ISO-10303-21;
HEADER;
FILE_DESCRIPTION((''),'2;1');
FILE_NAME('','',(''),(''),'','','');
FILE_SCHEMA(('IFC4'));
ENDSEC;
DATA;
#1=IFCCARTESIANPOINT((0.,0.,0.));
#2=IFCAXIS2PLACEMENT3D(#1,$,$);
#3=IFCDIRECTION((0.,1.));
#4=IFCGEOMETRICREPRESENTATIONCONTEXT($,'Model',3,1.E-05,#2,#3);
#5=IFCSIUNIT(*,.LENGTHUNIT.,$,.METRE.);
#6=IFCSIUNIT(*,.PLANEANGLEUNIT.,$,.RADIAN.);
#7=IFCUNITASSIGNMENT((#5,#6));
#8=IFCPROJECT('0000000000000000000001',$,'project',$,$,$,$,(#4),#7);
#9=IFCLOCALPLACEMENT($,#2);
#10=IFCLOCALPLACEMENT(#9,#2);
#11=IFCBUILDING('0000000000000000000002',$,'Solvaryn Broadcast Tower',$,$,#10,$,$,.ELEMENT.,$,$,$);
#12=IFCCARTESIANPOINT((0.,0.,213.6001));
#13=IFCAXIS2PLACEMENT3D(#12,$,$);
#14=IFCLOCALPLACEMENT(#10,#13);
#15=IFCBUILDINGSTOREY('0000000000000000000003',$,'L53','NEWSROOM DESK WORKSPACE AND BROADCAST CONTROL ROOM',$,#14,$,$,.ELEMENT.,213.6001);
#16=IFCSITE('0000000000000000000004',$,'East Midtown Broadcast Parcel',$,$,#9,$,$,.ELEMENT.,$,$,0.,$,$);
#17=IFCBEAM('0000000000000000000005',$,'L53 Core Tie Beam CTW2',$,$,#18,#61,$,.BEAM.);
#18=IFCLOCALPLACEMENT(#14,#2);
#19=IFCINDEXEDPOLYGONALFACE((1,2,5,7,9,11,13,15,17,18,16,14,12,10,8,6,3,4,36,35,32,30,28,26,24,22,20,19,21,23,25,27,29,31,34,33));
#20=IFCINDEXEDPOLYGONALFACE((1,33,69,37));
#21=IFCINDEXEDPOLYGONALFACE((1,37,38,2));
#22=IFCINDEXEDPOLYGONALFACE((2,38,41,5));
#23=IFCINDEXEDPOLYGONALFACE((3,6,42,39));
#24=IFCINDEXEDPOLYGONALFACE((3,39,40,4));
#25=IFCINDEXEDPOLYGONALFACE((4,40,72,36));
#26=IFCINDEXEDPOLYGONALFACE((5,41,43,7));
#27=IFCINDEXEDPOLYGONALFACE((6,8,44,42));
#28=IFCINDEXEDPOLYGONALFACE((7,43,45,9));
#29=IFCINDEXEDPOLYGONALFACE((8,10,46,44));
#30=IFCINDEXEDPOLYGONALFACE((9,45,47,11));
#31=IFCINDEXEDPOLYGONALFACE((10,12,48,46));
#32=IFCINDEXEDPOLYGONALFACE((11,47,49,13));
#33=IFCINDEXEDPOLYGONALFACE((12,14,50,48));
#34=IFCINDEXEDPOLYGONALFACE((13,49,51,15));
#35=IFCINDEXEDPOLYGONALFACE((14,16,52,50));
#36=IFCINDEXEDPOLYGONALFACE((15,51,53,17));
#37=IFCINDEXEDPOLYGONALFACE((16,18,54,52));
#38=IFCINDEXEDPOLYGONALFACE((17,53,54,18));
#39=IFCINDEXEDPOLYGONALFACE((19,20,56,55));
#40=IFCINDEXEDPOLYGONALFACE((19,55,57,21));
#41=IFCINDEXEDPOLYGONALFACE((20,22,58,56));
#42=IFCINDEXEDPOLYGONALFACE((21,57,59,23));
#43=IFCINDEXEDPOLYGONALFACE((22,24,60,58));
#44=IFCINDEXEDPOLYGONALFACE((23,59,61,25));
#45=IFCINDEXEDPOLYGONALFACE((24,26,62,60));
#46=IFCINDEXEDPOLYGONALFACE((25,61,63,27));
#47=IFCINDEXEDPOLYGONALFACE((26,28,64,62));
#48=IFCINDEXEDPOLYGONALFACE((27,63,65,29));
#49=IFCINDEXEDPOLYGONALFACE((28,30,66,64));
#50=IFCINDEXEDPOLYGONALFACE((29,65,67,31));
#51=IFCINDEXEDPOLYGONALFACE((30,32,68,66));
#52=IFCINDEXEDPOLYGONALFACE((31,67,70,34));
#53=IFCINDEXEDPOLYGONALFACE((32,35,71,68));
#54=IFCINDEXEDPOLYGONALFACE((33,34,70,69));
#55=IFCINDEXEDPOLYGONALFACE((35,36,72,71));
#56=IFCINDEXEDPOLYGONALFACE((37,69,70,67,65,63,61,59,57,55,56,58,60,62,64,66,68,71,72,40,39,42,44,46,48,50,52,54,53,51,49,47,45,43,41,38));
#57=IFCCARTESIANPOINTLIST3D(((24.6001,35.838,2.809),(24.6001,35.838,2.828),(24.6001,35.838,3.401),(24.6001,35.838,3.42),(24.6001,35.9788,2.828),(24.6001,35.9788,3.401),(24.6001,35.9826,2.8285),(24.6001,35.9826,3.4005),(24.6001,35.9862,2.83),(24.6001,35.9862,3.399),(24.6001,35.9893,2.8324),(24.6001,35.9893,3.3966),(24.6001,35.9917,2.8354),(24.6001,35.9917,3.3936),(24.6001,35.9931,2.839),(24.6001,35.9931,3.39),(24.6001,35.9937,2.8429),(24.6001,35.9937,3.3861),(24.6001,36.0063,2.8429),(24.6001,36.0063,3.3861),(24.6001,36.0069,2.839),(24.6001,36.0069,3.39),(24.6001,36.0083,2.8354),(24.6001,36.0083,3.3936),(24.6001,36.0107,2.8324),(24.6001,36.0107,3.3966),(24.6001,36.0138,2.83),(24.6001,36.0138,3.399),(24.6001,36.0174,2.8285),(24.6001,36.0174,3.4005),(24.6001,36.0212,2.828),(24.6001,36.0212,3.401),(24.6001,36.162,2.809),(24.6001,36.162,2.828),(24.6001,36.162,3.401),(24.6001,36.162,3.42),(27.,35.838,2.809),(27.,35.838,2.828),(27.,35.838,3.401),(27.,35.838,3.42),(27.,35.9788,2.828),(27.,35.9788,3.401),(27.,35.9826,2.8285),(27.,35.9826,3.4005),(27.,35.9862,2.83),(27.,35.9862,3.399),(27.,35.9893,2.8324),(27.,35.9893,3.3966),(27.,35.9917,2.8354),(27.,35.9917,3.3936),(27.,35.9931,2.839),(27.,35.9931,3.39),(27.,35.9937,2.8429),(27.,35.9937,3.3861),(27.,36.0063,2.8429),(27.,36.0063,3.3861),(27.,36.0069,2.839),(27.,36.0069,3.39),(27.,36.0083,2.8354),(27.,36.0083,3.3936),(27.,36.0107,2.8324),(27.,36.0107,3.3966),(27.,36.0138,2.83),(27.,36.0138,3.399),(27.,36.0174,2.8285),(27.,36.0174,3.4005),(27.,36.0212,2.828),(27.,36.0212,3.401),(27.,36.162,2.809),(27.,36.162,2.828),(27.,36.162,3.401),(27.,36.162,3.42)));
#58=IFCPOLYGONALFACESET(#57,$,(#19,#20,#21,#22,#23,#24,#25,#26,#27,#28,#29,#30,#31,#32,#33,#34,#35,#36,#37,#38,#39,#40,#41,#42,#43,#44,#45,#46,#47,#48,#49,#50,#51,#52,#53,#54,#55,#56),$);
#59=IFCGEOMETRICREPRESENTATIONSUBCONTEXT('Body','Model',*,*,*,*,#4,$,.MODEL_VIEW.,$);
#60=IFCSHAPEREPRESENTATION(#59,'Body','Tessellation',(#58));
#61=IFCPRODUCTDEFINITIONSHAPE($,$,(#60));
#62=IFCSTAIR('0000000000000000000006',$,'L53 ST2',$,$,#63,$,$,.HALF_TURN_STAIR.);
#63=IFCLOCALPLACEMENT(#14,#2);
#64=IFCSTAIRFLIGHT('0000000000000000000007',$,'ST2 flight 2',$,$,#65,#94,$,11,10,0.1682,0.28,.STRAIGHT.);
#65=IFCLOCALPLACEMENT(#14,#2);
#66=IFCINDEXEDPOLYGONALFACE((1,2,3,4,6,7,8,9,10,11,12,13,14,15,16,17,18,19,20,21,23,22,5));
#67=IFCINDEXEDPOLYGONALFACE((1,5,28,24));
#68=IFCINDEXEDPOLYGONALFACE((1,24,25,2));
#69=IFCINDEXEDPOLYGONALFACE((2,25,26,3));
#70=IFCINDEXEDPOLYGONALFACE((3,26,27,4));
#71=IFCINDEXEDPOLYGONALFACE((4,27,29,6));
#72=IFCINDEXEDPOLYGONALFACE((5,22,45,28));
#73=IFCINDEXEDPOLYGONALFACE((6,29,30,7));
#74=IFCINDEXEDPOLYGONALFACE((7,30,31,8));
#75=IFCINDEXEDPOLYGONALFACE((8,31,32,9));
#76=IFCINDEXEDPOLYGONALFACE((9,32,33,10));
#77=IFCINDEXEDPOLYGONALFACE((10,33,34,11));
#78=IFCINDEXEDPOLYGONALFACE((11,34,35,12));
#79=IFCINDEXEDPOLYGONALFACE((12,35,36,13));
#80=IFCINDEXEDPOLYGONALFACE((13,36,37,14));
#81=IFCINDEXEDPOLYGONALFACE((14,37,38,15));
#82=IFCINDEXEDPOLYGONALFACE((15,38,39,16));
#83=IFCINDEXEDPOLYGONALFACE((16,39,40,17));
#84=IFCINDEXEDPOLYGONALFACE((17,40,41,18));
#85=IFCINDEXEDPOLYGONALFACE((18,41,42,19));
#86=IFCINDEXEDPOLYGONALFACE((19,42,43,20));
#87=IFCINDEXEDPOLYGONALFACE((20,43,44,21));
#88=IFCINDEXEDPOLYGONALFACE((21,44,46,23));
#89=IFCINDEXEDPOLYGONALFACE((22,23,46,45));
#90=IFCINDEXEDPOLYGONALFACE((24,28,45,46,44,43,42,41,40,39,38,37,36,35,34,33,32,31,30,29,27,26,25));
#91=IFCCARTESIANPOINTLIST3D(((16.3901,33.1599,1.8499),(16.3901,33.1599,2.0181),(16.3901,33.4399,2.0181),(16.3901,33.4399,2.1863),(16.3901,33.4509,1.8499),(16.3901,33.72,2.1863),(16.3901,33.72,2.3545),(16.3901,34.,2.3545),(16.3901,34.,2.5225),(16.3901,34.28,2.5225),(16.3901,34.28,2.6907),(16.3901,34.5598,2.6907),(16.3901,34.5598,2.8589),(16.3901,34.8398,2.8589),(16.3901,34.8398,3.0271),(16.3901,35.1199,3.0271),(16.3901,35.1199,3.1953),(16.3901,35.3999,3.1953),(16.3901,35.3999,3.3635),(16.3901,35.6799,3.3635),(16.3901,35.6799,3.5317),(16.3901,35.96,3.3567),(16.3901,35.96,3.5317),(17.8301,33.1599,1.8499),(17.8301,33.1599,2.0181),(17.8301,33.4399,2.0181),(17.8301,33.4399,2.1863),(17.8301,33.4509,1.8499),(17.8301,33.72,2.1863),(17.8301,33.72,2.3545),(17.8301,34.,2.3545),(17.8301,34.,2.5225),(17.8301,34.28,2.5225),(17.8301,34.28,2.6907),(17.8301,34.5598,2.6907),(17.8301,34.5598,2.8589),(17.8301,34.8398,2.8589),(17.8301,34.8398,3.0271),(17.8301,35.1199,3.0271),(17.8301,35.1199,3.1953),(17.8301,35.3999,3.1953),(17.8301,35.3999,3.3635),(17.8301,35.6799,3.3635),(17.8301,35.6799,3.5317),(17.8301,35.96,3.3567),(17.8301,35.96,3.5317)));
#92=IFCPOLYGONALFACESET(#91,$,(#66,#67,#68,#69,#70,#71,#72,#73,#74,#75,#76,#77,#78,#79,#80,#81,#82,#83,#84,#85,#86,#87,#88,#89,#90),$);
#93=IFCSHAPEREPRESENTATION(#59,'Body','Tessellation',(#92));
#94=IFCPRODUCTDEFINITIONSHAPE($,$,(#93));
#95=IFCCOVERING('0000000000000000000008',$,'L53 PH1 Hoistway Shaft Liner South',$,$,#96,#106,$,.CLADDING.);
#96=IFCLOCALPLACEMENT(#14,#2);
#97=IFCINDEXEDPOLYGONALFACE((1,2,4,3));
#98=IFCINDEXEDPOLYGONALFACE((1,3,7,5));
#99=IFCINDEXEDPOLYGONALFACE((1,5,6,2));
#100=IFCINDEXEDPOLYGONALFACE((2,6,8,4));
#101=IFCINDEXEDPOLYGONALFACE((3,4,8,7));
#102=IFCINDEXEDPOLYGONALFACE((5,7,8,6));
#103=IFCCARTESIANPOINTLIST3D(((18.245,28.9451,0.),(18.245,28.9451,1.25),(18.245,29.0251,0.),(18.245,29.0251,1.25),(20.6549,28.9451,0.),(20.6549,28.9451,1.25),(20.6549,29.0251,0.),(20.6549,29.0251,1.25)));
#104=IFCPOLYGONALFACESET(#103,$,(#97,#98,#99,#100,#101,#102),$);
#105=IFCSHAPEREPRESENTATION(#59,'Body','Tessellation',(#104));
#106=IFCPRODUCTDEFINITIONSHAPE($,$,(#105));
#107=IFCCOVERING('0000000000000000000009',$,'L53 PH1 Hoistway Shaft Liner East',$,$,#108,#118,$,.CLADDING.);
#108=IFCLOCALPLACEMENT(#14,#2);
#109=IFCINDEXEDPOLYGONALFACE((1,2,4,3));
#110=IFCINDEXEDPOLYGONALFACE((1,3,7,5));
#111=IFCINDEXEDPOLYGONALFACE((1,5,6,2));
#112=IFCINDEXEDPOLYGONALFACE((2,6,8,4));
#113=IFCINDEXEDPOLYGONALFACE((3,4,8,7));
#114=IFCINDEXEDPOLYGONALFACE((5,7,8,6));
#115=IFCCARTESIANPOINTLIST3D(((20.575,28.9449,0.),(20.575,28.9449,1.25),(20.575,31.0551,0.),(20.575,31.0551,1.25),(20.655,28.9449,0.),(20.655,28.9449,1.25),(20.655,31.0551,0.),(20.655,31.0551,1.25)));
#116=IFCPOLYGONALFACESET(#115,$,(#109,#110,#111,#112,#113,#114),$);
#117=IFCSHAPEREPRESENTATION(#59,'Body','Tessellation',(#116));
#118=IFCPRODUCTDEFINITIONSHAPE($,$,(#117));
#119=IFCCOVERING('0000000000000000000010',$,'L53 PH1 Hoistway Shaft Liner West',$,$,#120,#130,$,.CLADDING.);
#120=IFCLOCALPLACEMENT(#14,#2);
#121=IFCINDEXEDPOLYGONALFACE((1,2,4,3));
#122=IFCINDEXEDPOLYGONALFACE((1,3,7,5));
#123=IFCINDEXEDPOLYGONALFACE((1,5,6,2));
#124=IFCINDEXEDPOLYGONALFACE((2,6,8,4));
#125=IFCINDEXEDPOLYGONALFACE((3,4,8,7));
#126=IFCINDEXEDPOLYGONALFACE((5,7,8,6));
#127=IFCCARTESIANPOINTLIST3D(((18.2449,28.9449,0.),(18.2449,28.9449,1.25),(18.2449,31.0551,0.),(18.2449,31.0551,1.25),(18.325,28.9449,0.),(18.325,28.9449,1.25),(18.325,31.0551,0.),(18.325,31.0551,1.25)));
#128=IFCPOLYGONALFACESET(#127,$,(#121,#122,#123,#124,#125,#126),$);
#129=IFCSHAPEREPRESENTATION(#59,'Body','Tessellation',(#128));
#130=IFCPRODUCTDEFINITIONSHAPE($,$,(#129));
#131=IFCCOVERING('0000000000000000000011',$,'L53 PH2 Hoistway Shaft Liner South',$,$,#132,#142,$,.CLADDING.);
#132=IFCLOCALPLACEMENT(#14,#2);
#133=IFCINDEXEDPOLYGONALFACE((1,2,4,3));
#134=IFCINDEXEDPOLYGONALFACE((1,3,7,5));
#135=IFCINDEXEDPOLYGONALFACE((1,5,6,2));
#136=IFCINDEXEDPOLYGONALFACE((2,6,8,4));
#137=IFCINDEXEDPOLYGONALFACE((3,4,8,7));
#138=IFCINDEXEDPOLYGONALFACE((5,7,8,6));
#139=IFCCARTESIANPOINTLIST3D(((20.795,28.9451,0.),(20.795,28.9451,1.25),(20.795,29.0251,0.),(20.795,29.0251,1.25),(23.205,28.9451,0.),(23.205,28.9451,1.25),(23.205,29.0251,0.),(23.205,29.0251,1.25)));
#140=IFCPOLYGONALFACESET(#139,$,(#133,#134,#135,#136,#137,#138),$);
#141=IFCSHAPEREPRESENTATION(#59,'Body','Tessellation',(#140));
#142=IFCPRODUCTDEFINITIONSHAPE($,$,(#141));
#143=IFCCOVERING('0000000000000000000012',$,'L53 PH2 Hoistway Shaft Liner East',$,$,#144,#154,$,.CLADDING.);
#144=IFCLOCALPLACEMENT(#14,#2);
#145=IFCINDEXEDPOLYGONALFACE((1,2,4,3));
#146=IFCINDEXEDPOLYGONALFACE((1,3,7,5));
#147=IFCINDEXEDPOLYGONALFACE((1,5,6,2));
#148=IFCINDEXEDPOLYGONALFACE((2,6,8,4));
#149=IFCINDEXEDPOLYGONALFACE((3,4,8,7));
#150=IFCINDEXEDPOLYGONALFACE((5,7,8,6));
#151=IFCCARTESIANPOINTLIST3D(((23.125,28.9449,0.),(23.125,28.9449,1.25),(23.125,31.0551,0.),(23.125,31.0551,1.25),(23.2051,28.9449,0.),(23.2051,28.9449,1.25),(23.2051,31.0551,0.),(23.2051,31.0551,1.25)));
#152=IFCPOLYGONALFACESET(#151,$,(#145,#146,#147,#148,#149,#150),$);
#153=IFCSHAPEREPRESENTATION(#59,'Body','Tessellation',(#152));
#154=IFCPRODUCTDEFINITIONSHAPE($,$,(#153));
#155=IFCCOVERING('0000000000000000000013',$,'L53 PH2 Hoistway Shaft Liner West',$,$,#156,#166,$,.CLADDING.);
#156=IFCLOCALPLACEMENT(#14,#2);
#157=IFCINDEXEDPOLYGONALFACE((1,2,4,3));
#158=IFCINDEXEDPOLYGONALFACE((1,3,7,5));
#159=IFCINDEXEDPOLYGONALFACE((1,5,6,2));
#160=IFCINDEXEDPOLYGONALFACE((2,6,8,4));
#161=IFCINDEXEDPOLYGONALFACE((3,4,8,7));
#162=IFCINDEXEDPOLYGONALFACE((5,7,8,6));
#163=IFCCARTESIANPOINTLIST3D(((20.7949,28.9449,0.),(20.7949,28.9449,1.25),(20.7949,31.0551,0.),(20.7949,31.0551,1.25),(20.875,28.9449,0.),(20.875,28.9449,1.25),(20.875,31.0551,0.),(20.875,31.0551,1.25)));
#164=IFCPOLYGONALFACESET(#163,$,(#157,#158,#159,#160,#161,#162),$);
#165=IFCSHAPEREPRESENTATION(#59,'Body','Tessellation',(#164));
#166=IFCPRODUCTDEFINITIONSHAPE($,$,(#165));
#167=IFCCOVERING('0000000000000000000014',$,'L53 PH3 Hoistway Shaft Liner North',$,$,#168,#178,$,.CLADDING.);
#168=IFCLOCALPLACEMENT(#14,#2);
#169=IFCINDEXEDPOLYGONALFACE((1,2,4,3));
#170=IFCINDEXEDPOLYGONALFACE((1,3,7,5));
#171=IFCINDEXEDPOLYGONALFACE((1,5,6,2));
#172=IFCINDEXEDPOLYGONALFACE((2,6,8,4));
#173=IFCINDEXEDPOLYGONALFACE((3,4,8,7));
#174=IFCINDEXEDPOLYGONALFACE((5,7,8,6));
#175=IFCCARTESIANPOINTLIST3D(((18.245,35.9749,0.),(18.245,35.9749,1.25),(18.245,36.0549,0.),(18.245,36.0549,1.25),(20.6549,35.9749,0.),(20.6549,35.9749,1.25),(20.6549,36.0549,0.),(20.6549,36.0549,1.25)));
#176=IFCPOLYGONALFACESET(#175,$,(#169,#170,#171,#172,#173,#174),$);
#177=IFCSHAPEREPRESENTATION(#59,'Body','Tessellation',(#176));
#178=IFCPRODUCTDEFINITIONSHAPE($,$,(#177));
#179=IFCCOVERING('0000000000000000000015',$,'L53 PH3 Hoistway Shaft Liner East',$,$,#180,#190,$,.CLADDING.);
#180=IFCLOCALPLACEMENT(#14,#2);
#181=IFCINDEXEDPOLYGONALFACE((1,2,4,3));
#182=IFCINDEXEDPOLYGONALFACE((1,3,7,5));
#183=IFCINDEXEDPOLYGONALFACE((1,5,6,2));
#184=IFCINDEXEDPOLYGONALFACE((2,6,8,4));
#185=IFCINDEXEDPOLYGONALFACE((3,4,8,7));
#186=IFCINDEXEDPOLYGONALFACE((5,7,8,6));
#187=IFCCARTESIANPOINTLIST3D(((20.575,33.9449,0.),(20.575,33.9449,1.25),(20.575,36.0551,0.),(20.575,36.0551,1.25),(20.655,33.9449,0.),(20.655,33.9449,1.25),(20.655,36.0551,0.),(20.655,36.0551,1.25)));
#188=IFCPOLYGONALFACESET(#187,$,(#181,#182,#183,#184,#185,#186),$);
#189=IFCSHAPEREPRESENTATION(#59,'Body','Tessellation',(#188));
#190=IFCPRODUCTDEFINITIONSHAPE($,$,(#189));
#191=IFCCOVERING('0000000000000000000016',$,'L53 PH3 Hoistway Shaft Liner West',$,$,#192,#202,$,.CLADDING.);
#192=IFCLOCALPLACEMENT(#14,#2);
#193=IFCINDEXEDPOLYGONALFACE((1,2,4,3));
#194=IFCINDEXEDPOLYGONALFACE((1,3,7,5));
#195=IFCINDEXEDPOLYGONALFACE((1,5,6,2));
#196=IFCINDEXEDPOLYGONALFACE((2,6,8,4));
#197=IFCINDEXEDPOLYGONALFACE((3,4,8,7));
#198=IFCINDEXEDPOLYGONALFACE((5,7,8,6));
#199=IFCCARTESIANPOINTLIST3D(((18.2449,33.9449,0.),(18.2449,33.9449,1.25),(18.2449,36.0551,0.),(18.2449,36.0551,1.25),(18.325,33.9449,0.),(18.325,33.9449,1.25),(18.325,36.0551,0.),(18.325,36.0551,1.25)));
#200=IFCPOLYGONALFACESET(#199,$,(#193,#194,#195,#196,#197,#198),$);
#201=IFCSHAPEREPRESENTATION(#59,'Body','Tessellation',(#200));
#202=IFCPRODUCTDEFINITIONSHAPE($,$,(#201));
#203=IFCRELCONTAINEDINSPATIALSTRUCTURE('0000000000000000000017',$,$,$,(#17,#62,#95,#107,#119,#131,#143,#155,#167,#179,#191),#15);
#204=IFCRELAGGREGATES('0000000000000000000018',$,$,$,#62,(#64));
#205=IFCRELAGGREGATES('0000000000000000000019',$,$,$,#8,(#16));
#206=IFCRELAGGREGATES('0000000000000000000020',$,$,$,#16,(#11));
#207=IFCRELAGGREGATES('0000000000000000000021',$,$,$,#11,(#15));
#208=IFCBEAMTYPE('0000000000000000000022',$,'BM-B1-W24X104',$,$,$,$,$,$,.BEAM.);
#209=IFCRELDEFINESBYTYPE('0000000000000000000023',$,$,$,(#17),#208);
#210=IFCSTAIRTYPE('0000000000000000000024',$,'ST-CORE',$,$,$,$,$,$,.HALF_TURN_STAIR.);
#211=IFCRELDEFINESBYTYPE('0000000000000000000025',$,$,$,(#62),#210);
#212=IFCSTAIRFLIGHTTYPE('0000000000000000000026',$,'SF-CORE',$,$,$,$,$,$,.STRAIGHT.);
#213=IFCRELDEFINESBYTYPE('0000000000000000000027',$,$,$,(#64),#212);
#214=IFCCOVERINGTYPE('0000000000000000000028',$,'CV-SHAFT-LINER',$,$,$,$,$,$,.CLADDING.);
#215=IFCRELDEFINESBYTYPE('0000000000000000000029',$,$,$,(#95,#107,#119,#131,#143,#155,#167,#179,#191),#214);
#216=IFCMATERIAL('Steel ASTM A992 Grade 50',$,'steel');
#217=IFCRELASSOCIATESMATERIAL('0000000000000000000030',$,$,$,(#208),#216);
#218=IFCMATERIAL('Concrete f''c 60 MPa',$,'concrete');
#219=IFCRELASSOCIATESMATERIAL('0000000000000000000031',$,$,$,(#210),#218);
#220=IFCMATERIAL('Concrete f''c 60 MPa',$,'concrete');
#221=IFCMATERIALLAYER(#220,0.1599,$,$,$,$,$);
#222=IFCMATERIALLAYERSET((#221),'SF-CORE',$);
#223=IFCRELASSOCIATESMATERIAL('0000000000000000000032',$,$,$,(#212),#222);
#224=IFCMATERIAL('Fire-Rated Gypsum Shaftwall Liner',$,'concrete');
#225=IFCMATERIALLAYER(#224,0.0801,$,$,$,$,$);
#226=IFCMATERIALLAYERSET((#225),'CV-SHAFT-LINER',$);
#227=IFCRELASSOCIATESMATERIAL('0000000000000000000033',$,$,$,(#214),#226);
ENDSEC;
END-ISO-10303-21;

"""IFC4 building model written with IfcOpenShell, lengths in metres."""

from ifc_helpers import new_model, si_unit, direction, frame, origin, origin_2d, place, context, subcontext, project, spatial, polyline, rectangle, i_section, outline, extrude, material, layer, layer_set, material_profile, profile_set, type_object, element, aggregate, save


model = new_model("IFC4")

# Units and contexts
model_context = context("Model", 3, precision=1e-05, world=origin(), true_north=direction((0.0, 1.0)))
body_context = subcontext(model_context, "Body", "Model", "MODEL_VIEW")
ifc_project = project(units=[si_unit("LENGTHUNIT", "METRE"), si_unit("PLANEANGLEUNIT", "RADIAN")], contexts=[model_context])

# Site, building, storey
site_placement = place(None, origin())
site = spatial("IfcSite", under=ifc_project, at=site_placement, Name="East Midtown Broadcast Parcel", CompositionType="ELEMENT", RefElevation=0.0)
building_placement = place(site_placement, origin())
building = spatial("IfcBuilding", under=site, at=building_placement, Name="Solvaryn Broadcast Tower", CompositionType="ELEMENT")
storey_placement = place(building_placement, frame((0.0, 0.0, 213.6001)))
storey = spatial("IfcBuildingStorey", under=building, at=storey_placement, Name="L53", Description="NEWSROOM DESK WORKSPACE AND BROADCAST CONTROL ROOM", CompositionType="ELEMENT", Elevation=213.6001)

# Beam
ifc_material_1 = material(Name="Steel ASTM A992 Grade 50", Category="steel")
ifc_material_profile = material_profile(ifc_material_1, i_section(OverallWidth=0.324, OverallDepth=0.6111, WebThickness=0.0127, FlangeThickness=0.019, FilletRadius=0.0149, at=origin_2d()))
ifc_profile_set = profile_set([ifc_material_profile], Name="Steel ASTM A992 Grade 50")
beam_type = type_object("IfcBeamType", Name="BM-B1-W24X104", PredefinedType="BEAM", material=ifc_profile_set)
beam_placement = place(storey_placement, frame((24.6001, 36.0, 3.1145), z_axis=(1.0, 0.0, 0.0), x_axis=(0.0, 1.0, 0.0)))
element("IfcBeam", 1, at=beam_placement, inside=storey, type_object=beam_type, Name="L53 Core Tie Beam CTW2", PredefinedType="BEAM", context=body_context, shape_type="SweptSolid", body=[
    extrude(i_section(OverallWidth=0.324, OverallDepth=0.6111, WebThickness=0.0127, FlangeThickness=0.019, FilletRadius=0.0149, at=origin_2d()), origin(), (0.0, 0.0, 1.0), 2.3999),
])

# Stair, stair flight
ifc_material_2 = material(Name="Concrete f'c 60 MPa", Category="concrete")
stair_type = type_object("IfcStairType", Name="ST-CORE", PredefinedType="HALF_TURN_STAIR", material=ifc_material_2)
stair_placement = place(storey_placement, origin())
stair = element("IfcStair", 2, at=stair_placement, inside=storey, type_object=stair_type, Name="L53 ST2", PredefinedType="HALF_TURN_STAIR")
ifc_material_3 = material(Name="Concrete f'c 60 MPa", Category="concrete")
ifc_layer_1 = layer(ifc_material_3, 0.1599)
ifc_layer_set_1 = layer_set([ifc_layer_1], Name="SF-CORE")
stair_flight_type = type_object("IfcStairFlightType", Name="SF-CORE", PredefinedType="STRAIGHT", material=ifc_layer_set_1)
stair_flight_placement = place(storey_placement, frame((17.1101, 33.1599, 1.8499), z_axis=(0.0, 0.0, 1.0), x_axis=(0.0, 1.0, 0.0)))
stair_flight = element("IfcStairFlight", 3, at=stair_flight_placement, type_object=stair_flight_type, Name="ST2 flight 2", NumberOfRisers=11, NumberOfTreads=10, PredefinedType="STRAIGHT", RiserHeight=0.1682, TreadLength=0.28, context=body_context, shape_type="SweptSolid", body=[
    extrude(outline(polyline([(0.0, 0.0), (0.0, 0.1682), (0.28, 0.1682), (0.28, 0.3364), (0.5601, 0.3364), (0.5601, 0.5046), (0.8401, 0.5046), (0.8401, 0.6726), (1.1201, 0.6726), (1.1201, 0.8408), (1.3999, 0.8408), (1.3999, 1.009), (1.6799, 1.009), (1.6799, 1.1772), (1.96, 1.1772), (1.96, 1.3455), (2.24, 1.3455), (2.24, 1.5137), (2.52, 1.5137), (2.52, 1.6819), (2.8, 1.6819), (2.8, 1.8501), (2.8, 1.5068), (0.291, 0.0), (0.0, 0.0)])), frame((0.0, 0.72, 0.0), z_axis=(0.0, -1.0, 0.0), x_axis=(1.0, 0.0, 0.0)), (0.0, 0.0, 1.0), 1.4399),
])
aggregate(stair, [stair_flight])

# Coverings
ifc_material_4 = material(Name="Fire-Rated Gypsum Shaftwall Liner", Category="concrete")
ifc_layer_2 = layer(ifc_material_4, 0.0801)
ifc_layer_set_2 = layer_set([ifc_layer_2], Name="CV-SHAFT-LINER")
covering_type = type_object("IfcCoveringType", Name="CV-SHAFT-LINER", PredefinedType="CLADDING", material=ifc_layer_set_2)
covering_1_placement = place(storey_placement, frame((19.45, 28.9851, 0.0), z_axis=(0.0, 0.0, 1.0), x_axis=(1.0, 0.0, 0.0)))
element("IfcCovering", 4, at=covering_1_placement, inside=storey, type_object=covering_type, Name="L53 PH1 Hoistway Shaft Liner South", PredefinedType="CLADDING", context=body_context, shape_type="SweptSolid", body=[
    extrude(rectangle(XDim=2.4099, YDim=0.0801, at=origin_2d()), origin(), (0.0, 0.0, 1.0), 1.25),
])
for number, where, z_axis, x_axis, name in (
    (5, (20.615, 30.0, 0.0), (0.0, 0.0, 1.0), (1.0, 0.0, 0.0), "L53 PH1 Hoistway Shaft Liner East"),
    (6, (18.2849, 30.0, 0.0), (0.0, 0.0, 1.0), (1.0, 0.0, 0.0), "L53 PH1 Hoistway Shaft Liner West"),
):
    element("IfcCovering", number, at=place(storey_placement, frame(where, z_axis=z_axis, x_axis=x_axis)), inside=storey, type_object=covering_type, Name=name, PredefinedType="CLADDING", context=body_context, shape_type="SweptSolid", body=[
        extrude(rectangle(XDim=0.0801, YDim=2.1101, at=origin_2d()), origin(), (0.0, 0.0, 1.0), 1.25),
    ])
covering_2_placement = place(storey_placement, frame((22.0, 28.9851, 0.0), z_axis=(0.0, 0.0, 1.0), x_axis=(1.0, 0.0, 0.0)))
element("IfcCovering", 7, at=covering_2_placement, inside=storey, type_object=covering_type, Name="L53 PH2 Hoistway Shaft Liner South", PredefinedType="CLADDING", context=body_context, shape_type="SweptSolid", body=[
    extrude(rectangle(XDim=2.4099, YDim=0.0801, at=origin_2d()), origin(), (0.0, 0.0, 1.0), 1.25),
])
for number, where, z_axis, x_axis, name in (
    (8, (23.165, 30.0, 0.0), (0.0, 0.0, 1.0), (1.0, 0.0, 0.0), "L53 PH2 Hoistway Shaft Liner East"),
    (9, (20.835, 30.0, 0.0), (0.0, 0.0, 1.0), (1.0, 0.0, 0.0), "L53 PH2 Hoistway Shaft Liner West"),
):
    element("IfcCovering", number, at=place(storey_placement, frame(where, z_axis=z_axis, x_axis=x_axis)), inside=storey, type_object=covering_type, Name=name, PredefinedType="CLADDING", context=body_context, shape_type="SweptSolid", body=[
        extrude(rectangle(XDim=0.0801, YDim=2.1101, at=origin_2d()), origin(), (0.0, 0.0, 1.0), 1.25),
    ])
covering_3_placement = place(storey_placement, frame((19.45, 36.0149, 0.0), z_axis=(0.0, 0.0, 1.0), x_axis=(1.0, 0.0, 0.0)))
element("IfcCovering", 10, at=covering_3_placement, inside=storey, type_object=covering_type, Name="L53 PH3 Hoistway Shaft Liner North", PredefinedType="CLADDING", context=body_context, shape_type="SweptSolid", body=[
    extrude(rectangle(XDim=2.4099, YDim=0.0801, at=origin_2d()), origin(), (0.0, 0.0, 1.0), 1.25),
])
for number, where, z_axis, x_axis, name in (
    (11, (20.615, 35.0, 0.0), (0.0, 0.0, 1.0), (1.0, 0.0, 0.0), "L53 PH3 Hoistway Shaft Liner East"),
    (12, (18.2849, 35.0, 0.0), (0.0, 0.0, 1.0), (1.0, 0.0, 0.0), "L53 PH3 Hoistway Shaft Liner West"),
):
    element("IfcCovering", number, at=place(storey_placement, frame(where, z_axis=z_axis, x_axis=x_axis)), inside=storey, type_object=covering_type, Name=name, PredefinedType="CLADDING", context=body_context, shape_type="SweptSolid", body=[
        extrude(rectangle(XDim=0.0801, YDim=2.1101, at=origin_2d()), origin(), (0.0, 0.0, 1.0), 1.25),
    ])

save(model, "model.ifc")
